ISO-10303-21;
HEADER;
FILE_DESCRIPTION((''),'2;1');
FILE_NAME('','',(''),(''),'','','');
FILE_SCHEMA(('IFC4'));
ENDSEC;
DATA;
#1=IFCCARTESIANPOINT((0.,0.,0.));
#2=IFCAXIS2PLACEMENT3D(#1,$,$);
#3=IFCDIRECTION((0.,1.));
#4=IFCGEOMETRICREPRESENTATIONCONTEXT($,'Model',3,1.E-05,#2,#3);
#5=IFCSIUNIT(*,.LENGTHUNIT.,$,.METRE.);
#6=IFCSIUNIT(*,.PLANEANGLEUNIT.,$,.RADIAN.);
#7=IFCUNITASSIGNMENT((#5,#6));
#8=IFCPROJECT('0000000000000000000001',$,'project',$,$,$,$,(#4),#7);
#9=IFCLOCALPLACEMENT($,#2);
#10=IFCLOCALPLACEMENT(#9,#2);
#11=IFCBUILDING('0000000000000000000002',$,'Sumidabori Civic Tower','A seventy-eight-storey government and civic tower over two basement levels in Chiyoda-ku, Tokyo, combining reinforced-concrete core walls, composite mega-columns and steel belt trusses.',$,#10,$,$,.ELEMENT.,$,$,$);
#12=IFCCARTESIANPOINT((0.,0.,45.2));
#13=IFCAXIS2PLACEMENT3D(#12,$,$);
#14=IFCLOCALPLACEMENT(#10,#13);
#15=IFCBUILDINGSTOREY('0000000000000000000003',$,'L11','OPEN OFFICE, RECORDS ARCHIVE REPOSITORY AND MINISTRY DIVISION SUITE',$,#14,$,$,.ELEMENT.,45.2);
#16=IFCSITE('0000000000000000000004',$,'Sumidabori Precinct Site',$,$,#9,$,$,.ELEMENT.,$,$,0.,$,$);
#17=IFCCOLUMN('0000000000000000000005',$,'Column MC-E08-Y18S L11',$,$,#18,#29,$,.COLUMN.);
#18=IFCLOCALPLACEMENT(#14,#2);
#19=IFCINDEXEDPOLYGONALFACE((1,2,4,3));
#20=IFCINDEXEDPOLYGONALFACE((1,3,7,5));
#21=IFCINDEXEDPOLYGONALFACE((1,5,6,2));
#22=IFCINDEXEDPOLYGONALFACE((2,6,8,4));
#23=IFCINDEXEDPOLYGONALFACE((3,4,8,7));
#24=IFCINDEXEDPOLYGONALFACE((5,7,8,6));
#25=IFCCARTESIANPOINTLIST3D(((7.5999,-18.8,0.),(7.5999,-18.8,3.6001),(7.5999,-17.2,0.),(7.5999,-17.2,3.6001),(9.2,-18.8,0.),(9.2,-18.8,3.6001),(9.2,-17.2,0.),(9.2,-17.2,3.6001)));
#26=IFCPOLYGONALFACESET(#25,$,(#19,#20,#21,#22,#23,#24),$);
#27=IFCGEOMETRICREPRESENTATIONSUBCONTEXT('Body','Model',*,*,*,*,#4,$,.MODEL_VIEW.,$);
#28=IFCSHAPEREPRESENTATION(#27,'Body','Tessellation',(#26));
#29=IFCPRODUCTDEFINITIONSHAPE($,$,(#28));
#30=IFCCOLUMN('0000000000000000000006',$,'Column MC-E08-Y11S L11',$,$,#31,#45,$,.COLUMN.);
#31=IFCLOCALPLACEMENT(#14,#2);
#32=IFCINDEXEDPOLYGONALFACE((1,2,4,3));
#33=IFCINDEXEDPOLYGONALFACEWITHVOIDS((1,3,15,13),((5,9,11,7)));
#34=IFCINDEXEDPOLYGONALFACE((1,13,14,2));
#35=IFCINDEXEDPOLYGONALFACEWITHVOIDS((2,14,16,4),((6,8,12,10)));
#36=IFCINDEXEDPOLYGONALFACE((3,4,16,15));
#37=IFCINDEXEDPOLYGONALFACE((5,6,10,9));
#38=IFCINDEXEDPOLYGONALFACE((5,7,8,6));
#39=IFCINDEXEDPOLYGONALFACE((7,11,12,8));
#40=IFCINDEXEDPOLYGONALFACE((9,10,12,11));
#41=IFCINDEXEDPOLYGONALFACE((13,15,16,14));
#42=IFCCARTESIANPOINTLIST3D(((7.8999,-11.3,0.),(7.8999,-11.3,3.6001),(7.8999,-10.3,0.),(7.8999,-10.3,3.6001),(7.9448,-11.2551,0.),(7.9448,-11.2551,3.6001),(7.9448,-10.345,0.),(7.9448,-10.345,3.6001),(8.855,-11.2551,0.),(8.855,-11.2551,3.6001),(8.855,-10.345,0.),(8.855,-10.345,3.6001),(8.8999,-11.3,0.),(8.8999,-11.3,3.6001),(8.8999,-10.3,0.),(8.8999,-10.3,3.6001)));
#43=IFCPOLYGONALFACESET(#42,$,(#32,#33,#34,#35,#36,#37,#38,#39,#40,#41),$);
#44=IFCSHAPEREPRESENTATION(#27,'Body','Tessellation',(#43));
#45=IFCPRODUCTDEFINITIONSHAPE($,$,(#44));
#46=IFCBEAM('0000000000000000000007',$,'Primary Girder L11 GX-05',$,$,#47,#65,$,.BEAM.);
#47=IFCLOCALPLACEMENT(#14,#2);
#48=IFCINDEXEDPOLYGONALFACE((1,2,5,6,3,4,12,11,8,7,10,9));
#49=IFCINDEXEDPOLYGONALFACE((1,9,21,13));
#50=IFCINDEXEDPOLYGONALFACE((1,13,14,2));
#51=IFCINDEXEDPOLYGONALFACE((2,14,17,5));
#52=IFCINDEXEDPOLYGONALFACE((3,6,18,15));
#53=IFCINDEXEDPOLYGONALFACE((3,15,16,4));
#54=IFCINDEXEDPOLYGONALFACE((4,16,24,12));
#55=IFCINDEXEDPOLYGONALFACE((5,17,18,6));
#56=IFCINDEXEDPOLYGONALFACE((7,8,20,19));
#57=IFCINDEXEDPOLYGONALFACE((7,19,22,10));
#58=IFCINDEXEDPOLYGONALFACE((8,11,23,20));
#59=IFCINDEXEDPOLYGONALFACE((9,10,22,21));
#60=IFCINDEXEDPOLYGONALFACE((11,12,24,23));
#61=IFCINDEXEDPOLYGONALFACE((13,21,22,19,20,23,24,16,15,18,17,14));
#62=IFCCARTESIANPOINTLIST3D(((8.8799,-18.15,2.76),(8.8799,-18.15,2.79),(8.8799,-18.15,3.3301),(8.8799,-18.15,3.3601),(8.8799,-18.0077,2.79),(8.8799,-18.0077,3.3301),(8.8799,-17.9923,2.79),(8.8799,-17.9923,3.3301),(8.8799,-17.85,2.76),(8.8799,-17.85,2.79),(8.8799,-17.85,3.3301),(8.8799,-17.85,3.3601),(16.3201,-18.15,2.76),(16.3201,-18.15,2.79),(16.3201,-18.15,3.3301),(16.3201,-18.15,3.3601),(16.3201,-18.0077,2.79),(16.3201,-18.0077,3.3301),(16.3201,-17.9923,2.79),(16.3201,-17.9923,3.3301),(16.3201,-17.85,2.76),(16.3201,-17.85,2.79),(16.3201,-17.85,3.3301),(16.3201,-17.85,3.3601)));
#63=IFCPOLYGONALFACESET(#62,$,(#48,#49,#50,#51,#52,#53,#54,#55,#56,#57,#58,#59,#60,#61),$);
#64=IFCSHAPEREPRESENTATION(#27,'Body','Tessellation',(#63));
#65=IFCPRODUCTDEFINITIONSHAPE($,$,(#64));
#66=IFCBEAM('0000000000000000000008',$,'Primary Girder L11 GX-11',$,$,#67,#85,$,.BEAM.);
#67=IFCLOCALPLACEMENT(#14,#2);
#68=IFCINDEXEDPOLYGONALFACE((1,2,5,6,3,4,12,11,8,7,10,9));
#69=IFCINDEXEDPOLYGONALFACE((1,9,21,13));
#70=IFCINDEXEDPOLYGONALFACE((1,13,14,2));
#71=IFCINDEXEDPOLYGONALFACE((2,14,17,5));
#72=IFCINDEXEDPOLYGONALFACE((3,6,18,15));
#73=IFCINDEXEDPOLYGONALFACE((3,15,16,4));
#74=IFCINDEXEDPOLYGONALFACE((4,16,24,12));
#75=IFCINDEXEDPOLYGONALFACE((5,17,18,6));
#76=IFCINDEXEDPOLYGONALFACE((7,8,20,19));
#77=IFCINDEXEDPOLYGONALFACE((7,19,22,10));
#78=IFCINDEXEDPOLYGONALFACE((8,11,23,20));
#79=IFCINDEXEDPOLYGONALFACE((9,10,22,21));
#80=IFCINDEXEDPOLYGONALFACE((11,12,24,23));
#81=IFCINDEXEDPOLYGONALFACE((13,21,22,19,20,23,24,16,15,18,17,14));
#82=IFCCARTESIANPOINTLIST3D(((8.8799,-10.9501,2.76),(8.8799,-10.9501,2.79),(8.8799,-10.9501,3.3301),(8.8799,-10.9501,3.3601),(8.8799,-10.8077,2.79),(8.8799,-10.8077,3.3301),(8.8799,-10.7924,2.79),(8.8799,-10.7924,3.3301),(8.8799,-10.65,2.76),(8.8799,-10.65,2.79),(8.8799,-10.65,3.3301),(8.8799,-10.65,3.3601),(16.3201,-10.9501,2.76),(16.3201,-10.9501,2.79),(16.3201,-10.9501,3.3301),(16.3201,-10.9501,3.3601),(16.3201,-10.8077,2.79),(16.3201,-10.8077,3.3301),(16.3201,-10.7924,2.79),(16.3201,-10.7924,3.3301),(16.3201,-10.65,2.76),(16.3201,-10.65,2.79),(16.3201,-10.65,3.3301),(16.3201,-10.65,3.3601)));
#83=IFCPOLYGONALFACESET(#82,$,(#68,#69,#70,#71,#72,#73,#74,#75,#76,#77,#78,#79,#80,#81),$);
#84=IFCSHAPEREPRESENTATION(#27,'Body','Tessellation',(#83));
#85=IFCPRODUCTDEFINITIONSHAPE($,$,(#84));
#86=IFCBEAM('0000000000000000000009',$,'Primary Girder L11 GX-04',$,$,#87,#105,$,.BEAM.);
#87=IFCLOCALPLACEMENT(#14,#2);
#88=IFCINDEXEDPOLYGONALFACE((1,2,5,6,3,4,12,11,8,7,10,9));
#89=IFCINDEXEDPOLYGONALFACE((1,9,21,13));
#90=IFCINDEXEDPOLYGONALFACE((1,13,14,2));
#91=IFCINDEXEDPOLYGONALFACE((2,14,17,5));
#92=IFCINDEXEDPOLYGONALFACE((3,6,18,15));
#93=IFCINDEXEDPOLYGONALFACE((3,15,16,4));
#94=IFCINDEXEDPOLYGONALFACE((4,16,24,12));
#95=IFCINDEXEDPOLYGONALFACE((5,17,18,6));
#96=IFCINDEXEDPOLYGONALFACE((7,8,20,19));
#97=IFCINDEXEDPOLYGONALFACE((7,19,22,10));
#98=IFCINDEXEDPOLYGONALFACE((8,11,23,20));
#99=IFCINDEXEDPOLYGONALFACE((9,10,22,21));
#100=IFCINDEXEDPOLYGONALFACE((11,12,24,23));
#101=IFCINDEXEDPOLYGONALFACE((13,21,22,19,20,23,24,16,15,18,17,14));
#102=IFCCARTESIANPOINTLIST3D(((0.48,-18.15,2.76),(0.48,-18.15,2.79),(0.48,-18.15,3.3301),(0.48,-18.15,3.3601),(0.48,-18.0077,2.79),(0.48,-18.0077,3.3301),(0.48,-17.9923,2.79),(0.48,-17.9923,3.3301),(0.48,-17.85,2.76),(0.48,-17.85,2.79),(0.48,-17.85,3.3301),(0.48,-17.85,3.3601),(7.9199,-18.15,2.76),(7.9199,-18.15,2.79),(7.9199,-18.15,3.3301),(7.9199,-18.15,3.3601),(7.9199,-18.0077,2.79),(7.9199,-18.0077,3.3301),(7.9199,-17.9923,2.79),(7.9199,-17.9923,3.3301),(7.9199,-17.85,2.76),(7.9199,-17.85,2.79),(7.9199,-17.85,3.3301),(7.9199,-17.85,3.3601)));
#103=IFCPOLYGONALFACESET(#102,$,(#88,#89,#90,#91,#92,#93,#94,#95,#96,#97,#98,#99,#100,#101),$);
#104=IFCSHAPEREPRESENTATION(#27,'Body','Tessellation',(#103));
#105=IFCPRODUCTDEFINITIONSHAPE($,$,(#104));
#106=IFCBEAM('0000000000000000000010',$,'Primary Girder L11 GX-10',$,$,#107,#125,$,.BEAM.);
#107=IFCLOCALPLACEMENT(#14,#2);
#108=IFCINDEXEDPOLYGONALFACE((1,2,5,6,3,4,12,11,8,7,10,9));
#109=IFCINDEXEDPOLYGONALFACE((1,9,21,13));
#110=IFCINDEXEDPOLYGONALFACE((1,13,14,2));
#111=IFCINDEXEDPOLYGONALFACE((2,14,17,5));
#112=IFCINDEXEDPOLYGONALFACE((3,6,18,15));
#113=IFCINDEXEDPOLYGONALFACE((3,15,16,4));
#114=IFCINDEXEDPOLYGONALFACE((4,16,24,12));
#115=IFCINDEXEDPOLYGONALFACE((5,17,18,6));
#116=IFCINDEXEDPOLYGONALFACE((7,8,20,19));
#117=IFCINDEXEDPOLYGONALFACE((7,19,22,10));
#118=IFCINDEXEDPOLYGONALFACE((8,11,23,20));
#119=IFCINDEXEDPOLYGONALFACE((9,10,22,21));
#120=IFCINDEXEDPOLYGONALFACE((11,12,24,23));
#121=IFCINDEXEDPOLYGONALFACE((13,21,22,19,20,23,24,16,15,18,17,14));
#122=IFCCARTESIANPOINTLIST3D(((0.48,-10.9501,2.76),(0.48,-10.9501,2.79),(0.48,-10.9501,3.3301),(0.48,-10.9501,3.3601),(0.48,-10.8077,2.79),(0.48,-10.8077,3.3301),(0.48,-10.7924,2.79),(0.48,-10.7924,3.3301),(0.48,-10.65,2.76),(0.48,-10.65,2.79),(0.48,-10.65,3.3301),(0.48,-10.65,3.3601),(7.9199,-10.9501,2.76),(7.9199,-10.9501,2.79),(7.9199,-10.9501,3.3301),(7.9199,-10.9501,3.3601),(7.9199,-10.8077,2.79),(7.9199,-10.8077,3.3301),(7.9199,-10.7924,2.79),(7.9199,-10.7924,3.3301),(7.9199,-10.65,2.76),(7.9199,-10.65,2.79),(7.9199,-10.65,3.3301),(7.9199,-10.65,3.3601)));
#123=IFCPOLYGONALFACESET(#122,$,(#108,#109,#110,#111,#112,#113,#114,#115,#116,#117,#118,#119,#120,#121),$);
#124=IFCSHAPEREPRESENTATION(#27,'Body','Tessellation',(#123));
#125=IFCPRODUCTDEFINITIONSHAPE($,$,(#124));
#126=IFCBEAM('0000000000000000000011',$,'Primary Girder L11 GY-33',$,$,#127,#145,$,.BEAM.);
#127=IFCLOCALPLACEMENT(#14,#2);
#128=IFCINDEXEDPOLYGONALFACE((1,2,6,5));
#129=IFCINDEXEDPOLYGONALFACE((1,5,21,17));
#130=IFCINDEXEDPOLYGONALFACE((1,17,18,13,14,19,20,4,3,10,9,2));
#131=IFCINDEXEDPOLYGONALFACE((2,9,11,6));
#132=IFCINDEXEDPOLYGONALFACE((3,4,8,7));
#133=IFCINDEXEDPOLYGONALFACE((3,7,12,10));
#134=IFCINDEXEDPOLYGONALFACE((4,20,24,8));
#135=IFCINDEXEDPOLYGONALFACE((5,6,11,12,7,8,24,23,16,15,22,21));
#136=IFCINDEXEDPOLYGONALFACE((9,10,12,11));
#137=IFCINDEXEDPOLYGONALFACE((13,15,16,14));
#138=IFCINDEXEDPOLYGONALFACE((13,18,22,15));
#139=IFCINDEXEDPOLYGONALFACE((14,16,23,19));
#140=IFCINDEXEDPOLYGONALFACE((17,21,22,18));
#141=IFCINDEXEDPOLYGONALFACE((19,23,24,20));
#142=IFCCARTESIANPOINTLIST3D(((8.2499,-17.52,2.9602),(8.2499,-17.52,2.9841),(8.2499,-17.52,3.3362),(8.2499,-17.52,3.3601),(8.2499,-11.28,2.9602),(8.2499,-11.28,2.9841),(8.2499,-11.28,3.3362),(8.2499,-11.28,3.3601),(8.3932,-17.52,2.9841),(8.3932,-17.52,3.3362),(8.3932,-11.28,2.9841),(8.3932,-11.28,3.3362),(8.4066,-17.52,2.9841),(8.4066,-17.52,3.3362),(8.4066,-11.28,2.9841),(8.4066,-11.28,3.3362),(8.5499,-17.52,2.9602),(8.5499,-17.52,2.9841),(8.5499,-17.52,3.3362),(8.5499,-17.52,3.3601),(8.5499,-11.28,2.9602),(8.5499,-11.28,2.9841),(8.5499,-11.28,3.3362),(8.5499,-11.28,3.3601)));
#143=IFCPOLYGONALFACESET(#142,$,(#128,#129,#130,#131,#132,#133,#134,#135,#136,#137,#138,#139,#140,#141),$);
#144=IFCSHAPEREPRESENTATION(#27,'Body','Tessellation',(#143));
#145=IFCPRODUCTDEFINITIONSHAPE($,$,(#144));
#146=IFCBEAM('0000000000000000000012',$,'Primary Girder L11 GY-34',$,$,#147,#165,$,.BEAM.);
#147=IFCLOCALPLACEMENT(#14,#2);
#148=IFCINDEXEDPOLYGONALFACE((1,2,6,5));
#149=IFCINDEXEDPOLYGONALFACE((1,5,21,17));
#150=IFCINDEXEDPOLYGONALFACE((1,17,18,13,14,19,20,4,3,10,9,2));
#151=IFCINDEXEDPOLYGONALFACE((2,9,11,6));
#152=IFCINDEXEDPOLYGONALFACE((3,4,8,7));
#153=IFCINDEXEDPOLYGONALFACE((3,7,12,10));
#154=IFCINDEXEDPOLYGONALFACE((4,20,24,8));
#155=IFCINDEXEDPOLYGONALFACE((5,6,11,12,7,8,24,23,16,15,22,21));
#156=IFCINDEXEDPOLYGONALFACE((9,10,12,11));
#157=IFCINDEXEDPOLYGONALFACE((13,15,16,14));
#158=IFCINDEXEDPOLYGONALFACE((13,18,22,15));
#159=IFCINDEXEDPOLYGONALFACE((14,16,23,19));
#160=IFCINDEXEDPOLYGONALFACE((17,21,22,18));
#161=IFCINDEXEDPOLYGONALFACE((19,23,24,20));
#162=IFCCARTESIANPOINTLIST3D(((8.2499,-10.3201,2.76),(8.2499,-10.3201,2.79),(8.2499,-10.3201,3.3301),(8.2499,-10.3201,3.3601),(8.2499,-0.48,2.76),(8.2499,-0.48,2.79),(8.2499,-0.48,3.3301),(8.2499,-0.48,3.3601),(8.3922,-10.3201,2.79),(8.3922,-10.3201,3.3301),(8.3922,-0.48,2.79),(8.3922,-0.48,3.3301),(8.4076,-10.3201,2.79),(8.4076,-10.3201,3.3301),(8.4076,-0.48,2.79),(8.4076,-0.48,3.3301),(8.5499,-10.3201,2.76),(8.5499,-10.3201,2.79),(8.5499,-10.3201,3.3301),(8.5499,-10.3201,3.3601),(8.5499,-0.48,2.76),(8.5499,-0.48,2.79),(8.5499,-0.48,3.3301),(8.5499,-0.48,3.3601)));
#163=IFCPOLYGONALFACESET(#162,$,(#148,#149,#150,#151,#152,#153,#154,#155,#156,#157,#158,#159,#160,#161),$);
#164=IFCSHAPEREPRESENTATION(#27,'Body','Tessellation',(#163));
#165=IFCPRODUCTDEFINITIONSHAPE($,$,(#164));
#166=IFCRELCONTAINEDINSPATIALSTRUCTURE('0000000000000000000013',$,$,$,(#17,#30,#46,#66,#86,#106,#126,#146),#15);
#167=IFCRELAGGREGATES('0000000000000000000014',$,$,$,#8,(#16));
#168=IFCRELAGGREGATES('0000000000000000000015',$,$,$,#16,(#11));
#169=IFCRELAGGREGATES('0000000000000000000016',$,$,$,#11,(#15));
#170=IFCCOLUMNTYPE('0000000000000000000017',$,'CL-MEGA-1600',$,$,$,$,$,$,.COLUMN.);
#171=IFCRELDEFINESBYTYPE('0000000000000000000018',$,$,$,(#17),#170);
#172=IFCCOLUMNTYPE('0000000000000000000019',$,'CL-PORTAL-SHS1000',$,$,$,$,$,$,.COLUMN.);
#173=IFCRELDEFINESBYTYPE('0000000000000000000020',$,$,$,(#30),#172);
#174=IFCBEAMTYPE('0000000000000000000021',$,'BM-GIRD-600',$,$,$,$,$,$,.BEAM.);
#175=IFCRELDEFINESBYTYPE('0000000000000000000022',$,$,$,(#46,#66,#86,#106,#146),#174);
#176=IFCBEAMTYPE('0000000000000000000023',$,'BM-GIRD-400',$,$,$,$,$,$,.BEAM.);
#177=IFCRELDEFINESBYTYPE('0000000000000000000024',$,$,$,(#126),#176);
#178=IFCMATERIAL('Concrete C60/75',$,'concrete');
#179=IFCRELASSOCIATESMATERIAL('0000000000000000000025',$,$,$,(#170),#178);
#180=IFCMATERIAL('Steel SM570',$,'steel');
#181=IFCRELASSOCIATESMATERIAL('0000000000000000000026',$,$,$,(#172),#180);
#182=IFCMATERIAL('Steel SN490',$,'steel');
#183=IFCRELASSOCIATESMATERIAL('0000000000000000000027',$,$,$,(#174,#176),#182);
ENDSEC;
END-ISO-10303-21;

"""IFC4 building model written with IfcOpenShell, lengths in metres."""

from ifc_helpers import new_model, si_unit, direction, frame, origin, origin_2d, place, context, subcontext, project, spatial, rectangle, hollow_rectangle, i_section, extrude, source, transform, mapped, material, material_profile, profile_set, type_object, element, save


model = new_model("IFC4")

# Units and contexts
model_context = context("Model", 3, precision=1e-05, world=origin(), true_north=direction((0.0, 1.0)))
body_context = subcontext(model_context, "Body", "Model", "MODEL_VIEW")
ifc_project = project(units=[si_unit("LENGTHUNIT", "METRE"), si_unit("PLANEANGLEUNIT", "RADIAN")], contexts=[model_context])

# Site, building, storey
site_placement = place(None, origin())
site = spatial("IfcSite", under=ifc_project, at=site_placement, Name="Sumidabori Precinct Site", CompositionType="ELEMENT", RefElevation=0.0)
building_placement = place(site_placement, origin())
building = spatial("IfcBuilding", under=site, at=building_placement, Name="Sumidabori Civic Tower", Description="A seventy-eight-storey government and civic tower over two basement levels in Chiyoda-ku, Tokyo, combining reinforced-concrete core walls, composite mega-columns and steel belt trusses.", CompositionType="ELEMENT")
storey_placement = place(building_placement, frame((0.0, 0.0, 45.2)))
storey = spatial("IfcBuildingStorey", under=building, at=storey_placement, Name="L11", Description="OPEN OFFICE, RECORDS ARCHIVE REPOSITORY AND MINISTRY DIVISION SUITE", CompositionType="ELEMENT", Elevation=45.2)

# Columns
ifc_material_1 = material(Name="Concrete C60/75", Category="concrete")
ifc_material_profile_1 = material_profile(ifc_material_1, rectangle(XDim=1.6001, YDim=1.6001, at=origin_2d()), Name="RC 1600x1600")
ifc_profile_set_1 = profile_set([ifc_material_profile_1], Name="Concrete C60/75")
column_type_1 = type_object("IfcColumnType", Name="CL-MEGA-1600", PredefinedType="COLUMN", material=ifc_profile_set_1)
shared_shape_1 = source(origin(), body_context, "Body", "SweptSolid", [
    extrude(rectangle(XDim=1.6001, YDim=1.6001, at=origin_2d()), origin(), (0.0, 0.0, 1.0), 3.6001),
])
column_1_placement = place(storey_placement, frame((8.3999, -18.0, 0.0), z_axis=(0.0, 0.0, 1.0), x_axis=(1.0, 0.0, 0.0)))
element("IfcColumn", 1, at=column_1_placement, inside=storey, type_object=column_type_1, Name="Column MC-E08-Y18S L11", PredefinedType="COLUMN", context=body_context, shape_type="MappedRepresentation", body=[
    mapped(shared_shape_1, transform((0.0, 0.0, 0.0), x_axis=(1.0, 0.0, 0.0), y_axis=(0.0, 1.0, 0.0), z_axis=(0.0, 0.0, 1.0), scale=1.0)),
])
ifc_material_2 = material(Name="Steel SM570", Category="steel")
ifc_material_profile_2 = material_profile(ifc_material_2, hollow_rectangle(XDim=1.0, YDim=1.0, WallThickness=0.0449, at=origin_2d()), Name="SHS 1000x1000x45")
ifc_profile_set_2 = profile_set([ifc_material_profile_2], Name="Steel SM570")
column_type_2 = type_object("IfcColumnType", Name="CL-PORTAL-SHS1000", PredefinedType="COLUMN", material=ifc_profile_set_2)
shared_shape_2 = source(origin(), body_context, "Body", "SweptSolid", [
    extrude(hollow_rectangle(XDim=1.0, YDim=1.0, WallThickness=0.0449, at=origin_2d()), origin(), (0.0, 0.0, 1.0), 3.6001),
])
column_2_placement = place(storey_placement, frame((8.3999, -10.8, 0.0), z_axis=(0.0, 0.0, 1.0), x_axis=(1.0, 0.0, 0.0)))
element("IfcColumn", 2, at=column_2_placement, inside=storey, type_object=column_type_2, Name="Column MC-E08-Y11S L11", PredefinedType="COLUMN", context=body_context, shape_type="MappedRepresentation", body=[
    mapped(shared_shape_2, transform((0.0, 0.0, 0.0), x_axis=(1.0, 0.0, 0.0), y_axis=(0.0, 1.0, 0.0), z_axis=(0.0, 0.0, 1.0), scale=1.0)),
])

# Beams
ifc_material_3 = material(Name="Steel SN490", Category="steel")
ifc_material_profile_3 = material_profile(ifc_material_3, i_section(OverallWidth=0.3, OverallDepth=0.6001, WebThickness=0.0154, FlangeThickness=0.03, at=origin_2d()), Name="HE 600 B")
ifc_profile_set_3 = profile_set([ifc_material_profile_3], Name="Steel SN490")
beam_type_1 = type_object("IfcBeamType", Name="BM-GIRD-600", PredefinedType="BEAM", material=ifc_profile_set_3)
shared_shape_3 = source(origin(), body_context, "Body", "SweptSolid", [
    extrude(i_section(OverallWidth=0.3, OverallDepth=0.6001, WebThickness=0.0154, FlangeThickness=0.03, at=origin_2d()), origin(), (0.0, 0.0, 1.0), 7.4402),
])
for number, where, z_axis, x_axis, name in (
    (3, (8.8799, -18.0, 3.0601), (1.0, 0.0, 0.0), (0.0, 1.0, 0.0), "Primary Girder L11 GX-05"),
    (4, (8.8799, -10.8, 3.0601), (1.0, 0.0, 0.0), (0.0, 1.0, 0.0), "Primary Girder L11 GX-11"),
):
    element("IfcBeam", number, at=place(storey_placement, frame(where, z_axis=z_axis, x_axis=x_axis)), inside=storey, type_object=beam_type_1, Name=name, PredefinedType="BEAM", context=body_context, shape_type="MappedRepresentation", body=[
        mapped(shared_shape_3, transform((0.0, 0.0, 0.0), x_axis=(1.0, 0.0, 0.0), y_axis=(0.0, 1.0, 0.0), z_axis=(0.0, 0.0, 1.0), scale=1.0)),
    ])
shared_shape_4 = source(origin(), body_context, "Body", "SweptSolid", [
    extrude(i_section(OverallWidth=0.3, OverallDepth=0.6001, WebThickness=0.0154, FlangeThickness=0.03, at=origin_2d()), origin(), (0.0, 0.0, 1.0), 7.4399),
])
for number, where, z_axis, x_axis, name in (
    (5, (0.48, -18.0, 3.0601), (1.0, 0.0, 0.0), (0.0, 1.0, 0.0), "Primary Girder L11 GX-04"),
    (6, (0.48, -10.8, 3.0601), (1.0, 0.0, 0.0), (0.0, 1.0, 0.0), "Primary Girder L11 GX-10"),
):
    element("IfcBeam", number, at=place(storey_placement, frame(where, z_axis=z_axis, x_axis=x_axis)), inside=storey, type_object=beam_type_1, Name=name, PredefinedType="BEAM", context=body_context, shape_type="MappedRepresentation", body=[
        mapped(shared_shape_4, transform((0.0, 0.0, 0.0), x_axis=(1.0, 0.0, 0.0), y_axis=(0.0, 1.0, 0.0), z_axis=(0.0, 0.0, 1.0), scale=1.0)),
    ])
ifc_material_profile_4 = material_profile(ifc_material_3, i_section(OverallWidth=0.3, OverallDepth=0.3999, WebThickness=0.0134, FlangeThickness=0.0239, at=origin_2d()), Name="HE 400 B")
ifc_profile_set_4 = profile_set([ifc_material_profile_4], Name="Steel SN490")
beam_type_2 = type_object("IfcBeamType", Name="BM-GIRD-400", PredefinedType="BEAM", material=ifc_profile_set_4)
shared_shape_5 = source(origin(), body_context, "Body", "SweptSolid", [
    extrude(i_section(OverallWidth=0.3, OverallDepth=0.3999, WebThickness=0.0134, FlangeThickness=0.0239, at=origin_2d()), origin(), (0.0, 0.0, 1.0), 6.24),
])
beam_1_placement = place(storey_placement, frame((8.3999, -17.52, 3.1602), z_axis=(0.0, 1.0, 0.0), x_axis=(-1.0, 0.0, 0.0)))
element("IfcBeam", 7, at=beam_1_placement, inside=storey, type_object=beam_type_2, Name="Primary Girder L11 GY-33", PredefinedType="BEAM", context=body_context, shape_type="MappedRepresentation", body=[
    mapped(shared_shape_5, transform((0.0, 0.0, 0.0), x_axis=(1.0, 0.0, 0.0), y_axis=(0.0, 1.0, 0.0), z_axis=(0.0, 0.0, 1.0), scale=1.0)),
])
shared_shape_6 = source(origin(), body_context, "Body", "SweptSolid", [
    extrude(i_section(OverallWidth=0.3, OverallDepth=0.6001, WebThickness=0.0154, FlangeThickness=0.03, at=origin_2d()), origin(), (0.0, 0.0, 1.0), 9.8401),
])
beam_2_placement = place(storey_placement, frame((8.3999, -10.3201, 3.0601), z_axis=(0.0, 1.0, 0.0), x_axis=(-1.0, 0.0, 0.0)))
element("IfcBeam", 8, at=beam_2_placement, inside=storey, type_object=beam_type_1, Name="Primary Girder L11 GY-34", PredefinedType="BEAM", context=body_context, shape_type="MappedRepresentation", body=[
    mapped(shared_shape_6, transform((0.0, 0.0, 0.0), x_axis=(1.0, 0.0, 0.0), y_axis=(0.0, 1.0, 0.0), z_axis=(0.0, 0.0, 1.0), scale=1.0)),
])

save(model, "model.ifc")
